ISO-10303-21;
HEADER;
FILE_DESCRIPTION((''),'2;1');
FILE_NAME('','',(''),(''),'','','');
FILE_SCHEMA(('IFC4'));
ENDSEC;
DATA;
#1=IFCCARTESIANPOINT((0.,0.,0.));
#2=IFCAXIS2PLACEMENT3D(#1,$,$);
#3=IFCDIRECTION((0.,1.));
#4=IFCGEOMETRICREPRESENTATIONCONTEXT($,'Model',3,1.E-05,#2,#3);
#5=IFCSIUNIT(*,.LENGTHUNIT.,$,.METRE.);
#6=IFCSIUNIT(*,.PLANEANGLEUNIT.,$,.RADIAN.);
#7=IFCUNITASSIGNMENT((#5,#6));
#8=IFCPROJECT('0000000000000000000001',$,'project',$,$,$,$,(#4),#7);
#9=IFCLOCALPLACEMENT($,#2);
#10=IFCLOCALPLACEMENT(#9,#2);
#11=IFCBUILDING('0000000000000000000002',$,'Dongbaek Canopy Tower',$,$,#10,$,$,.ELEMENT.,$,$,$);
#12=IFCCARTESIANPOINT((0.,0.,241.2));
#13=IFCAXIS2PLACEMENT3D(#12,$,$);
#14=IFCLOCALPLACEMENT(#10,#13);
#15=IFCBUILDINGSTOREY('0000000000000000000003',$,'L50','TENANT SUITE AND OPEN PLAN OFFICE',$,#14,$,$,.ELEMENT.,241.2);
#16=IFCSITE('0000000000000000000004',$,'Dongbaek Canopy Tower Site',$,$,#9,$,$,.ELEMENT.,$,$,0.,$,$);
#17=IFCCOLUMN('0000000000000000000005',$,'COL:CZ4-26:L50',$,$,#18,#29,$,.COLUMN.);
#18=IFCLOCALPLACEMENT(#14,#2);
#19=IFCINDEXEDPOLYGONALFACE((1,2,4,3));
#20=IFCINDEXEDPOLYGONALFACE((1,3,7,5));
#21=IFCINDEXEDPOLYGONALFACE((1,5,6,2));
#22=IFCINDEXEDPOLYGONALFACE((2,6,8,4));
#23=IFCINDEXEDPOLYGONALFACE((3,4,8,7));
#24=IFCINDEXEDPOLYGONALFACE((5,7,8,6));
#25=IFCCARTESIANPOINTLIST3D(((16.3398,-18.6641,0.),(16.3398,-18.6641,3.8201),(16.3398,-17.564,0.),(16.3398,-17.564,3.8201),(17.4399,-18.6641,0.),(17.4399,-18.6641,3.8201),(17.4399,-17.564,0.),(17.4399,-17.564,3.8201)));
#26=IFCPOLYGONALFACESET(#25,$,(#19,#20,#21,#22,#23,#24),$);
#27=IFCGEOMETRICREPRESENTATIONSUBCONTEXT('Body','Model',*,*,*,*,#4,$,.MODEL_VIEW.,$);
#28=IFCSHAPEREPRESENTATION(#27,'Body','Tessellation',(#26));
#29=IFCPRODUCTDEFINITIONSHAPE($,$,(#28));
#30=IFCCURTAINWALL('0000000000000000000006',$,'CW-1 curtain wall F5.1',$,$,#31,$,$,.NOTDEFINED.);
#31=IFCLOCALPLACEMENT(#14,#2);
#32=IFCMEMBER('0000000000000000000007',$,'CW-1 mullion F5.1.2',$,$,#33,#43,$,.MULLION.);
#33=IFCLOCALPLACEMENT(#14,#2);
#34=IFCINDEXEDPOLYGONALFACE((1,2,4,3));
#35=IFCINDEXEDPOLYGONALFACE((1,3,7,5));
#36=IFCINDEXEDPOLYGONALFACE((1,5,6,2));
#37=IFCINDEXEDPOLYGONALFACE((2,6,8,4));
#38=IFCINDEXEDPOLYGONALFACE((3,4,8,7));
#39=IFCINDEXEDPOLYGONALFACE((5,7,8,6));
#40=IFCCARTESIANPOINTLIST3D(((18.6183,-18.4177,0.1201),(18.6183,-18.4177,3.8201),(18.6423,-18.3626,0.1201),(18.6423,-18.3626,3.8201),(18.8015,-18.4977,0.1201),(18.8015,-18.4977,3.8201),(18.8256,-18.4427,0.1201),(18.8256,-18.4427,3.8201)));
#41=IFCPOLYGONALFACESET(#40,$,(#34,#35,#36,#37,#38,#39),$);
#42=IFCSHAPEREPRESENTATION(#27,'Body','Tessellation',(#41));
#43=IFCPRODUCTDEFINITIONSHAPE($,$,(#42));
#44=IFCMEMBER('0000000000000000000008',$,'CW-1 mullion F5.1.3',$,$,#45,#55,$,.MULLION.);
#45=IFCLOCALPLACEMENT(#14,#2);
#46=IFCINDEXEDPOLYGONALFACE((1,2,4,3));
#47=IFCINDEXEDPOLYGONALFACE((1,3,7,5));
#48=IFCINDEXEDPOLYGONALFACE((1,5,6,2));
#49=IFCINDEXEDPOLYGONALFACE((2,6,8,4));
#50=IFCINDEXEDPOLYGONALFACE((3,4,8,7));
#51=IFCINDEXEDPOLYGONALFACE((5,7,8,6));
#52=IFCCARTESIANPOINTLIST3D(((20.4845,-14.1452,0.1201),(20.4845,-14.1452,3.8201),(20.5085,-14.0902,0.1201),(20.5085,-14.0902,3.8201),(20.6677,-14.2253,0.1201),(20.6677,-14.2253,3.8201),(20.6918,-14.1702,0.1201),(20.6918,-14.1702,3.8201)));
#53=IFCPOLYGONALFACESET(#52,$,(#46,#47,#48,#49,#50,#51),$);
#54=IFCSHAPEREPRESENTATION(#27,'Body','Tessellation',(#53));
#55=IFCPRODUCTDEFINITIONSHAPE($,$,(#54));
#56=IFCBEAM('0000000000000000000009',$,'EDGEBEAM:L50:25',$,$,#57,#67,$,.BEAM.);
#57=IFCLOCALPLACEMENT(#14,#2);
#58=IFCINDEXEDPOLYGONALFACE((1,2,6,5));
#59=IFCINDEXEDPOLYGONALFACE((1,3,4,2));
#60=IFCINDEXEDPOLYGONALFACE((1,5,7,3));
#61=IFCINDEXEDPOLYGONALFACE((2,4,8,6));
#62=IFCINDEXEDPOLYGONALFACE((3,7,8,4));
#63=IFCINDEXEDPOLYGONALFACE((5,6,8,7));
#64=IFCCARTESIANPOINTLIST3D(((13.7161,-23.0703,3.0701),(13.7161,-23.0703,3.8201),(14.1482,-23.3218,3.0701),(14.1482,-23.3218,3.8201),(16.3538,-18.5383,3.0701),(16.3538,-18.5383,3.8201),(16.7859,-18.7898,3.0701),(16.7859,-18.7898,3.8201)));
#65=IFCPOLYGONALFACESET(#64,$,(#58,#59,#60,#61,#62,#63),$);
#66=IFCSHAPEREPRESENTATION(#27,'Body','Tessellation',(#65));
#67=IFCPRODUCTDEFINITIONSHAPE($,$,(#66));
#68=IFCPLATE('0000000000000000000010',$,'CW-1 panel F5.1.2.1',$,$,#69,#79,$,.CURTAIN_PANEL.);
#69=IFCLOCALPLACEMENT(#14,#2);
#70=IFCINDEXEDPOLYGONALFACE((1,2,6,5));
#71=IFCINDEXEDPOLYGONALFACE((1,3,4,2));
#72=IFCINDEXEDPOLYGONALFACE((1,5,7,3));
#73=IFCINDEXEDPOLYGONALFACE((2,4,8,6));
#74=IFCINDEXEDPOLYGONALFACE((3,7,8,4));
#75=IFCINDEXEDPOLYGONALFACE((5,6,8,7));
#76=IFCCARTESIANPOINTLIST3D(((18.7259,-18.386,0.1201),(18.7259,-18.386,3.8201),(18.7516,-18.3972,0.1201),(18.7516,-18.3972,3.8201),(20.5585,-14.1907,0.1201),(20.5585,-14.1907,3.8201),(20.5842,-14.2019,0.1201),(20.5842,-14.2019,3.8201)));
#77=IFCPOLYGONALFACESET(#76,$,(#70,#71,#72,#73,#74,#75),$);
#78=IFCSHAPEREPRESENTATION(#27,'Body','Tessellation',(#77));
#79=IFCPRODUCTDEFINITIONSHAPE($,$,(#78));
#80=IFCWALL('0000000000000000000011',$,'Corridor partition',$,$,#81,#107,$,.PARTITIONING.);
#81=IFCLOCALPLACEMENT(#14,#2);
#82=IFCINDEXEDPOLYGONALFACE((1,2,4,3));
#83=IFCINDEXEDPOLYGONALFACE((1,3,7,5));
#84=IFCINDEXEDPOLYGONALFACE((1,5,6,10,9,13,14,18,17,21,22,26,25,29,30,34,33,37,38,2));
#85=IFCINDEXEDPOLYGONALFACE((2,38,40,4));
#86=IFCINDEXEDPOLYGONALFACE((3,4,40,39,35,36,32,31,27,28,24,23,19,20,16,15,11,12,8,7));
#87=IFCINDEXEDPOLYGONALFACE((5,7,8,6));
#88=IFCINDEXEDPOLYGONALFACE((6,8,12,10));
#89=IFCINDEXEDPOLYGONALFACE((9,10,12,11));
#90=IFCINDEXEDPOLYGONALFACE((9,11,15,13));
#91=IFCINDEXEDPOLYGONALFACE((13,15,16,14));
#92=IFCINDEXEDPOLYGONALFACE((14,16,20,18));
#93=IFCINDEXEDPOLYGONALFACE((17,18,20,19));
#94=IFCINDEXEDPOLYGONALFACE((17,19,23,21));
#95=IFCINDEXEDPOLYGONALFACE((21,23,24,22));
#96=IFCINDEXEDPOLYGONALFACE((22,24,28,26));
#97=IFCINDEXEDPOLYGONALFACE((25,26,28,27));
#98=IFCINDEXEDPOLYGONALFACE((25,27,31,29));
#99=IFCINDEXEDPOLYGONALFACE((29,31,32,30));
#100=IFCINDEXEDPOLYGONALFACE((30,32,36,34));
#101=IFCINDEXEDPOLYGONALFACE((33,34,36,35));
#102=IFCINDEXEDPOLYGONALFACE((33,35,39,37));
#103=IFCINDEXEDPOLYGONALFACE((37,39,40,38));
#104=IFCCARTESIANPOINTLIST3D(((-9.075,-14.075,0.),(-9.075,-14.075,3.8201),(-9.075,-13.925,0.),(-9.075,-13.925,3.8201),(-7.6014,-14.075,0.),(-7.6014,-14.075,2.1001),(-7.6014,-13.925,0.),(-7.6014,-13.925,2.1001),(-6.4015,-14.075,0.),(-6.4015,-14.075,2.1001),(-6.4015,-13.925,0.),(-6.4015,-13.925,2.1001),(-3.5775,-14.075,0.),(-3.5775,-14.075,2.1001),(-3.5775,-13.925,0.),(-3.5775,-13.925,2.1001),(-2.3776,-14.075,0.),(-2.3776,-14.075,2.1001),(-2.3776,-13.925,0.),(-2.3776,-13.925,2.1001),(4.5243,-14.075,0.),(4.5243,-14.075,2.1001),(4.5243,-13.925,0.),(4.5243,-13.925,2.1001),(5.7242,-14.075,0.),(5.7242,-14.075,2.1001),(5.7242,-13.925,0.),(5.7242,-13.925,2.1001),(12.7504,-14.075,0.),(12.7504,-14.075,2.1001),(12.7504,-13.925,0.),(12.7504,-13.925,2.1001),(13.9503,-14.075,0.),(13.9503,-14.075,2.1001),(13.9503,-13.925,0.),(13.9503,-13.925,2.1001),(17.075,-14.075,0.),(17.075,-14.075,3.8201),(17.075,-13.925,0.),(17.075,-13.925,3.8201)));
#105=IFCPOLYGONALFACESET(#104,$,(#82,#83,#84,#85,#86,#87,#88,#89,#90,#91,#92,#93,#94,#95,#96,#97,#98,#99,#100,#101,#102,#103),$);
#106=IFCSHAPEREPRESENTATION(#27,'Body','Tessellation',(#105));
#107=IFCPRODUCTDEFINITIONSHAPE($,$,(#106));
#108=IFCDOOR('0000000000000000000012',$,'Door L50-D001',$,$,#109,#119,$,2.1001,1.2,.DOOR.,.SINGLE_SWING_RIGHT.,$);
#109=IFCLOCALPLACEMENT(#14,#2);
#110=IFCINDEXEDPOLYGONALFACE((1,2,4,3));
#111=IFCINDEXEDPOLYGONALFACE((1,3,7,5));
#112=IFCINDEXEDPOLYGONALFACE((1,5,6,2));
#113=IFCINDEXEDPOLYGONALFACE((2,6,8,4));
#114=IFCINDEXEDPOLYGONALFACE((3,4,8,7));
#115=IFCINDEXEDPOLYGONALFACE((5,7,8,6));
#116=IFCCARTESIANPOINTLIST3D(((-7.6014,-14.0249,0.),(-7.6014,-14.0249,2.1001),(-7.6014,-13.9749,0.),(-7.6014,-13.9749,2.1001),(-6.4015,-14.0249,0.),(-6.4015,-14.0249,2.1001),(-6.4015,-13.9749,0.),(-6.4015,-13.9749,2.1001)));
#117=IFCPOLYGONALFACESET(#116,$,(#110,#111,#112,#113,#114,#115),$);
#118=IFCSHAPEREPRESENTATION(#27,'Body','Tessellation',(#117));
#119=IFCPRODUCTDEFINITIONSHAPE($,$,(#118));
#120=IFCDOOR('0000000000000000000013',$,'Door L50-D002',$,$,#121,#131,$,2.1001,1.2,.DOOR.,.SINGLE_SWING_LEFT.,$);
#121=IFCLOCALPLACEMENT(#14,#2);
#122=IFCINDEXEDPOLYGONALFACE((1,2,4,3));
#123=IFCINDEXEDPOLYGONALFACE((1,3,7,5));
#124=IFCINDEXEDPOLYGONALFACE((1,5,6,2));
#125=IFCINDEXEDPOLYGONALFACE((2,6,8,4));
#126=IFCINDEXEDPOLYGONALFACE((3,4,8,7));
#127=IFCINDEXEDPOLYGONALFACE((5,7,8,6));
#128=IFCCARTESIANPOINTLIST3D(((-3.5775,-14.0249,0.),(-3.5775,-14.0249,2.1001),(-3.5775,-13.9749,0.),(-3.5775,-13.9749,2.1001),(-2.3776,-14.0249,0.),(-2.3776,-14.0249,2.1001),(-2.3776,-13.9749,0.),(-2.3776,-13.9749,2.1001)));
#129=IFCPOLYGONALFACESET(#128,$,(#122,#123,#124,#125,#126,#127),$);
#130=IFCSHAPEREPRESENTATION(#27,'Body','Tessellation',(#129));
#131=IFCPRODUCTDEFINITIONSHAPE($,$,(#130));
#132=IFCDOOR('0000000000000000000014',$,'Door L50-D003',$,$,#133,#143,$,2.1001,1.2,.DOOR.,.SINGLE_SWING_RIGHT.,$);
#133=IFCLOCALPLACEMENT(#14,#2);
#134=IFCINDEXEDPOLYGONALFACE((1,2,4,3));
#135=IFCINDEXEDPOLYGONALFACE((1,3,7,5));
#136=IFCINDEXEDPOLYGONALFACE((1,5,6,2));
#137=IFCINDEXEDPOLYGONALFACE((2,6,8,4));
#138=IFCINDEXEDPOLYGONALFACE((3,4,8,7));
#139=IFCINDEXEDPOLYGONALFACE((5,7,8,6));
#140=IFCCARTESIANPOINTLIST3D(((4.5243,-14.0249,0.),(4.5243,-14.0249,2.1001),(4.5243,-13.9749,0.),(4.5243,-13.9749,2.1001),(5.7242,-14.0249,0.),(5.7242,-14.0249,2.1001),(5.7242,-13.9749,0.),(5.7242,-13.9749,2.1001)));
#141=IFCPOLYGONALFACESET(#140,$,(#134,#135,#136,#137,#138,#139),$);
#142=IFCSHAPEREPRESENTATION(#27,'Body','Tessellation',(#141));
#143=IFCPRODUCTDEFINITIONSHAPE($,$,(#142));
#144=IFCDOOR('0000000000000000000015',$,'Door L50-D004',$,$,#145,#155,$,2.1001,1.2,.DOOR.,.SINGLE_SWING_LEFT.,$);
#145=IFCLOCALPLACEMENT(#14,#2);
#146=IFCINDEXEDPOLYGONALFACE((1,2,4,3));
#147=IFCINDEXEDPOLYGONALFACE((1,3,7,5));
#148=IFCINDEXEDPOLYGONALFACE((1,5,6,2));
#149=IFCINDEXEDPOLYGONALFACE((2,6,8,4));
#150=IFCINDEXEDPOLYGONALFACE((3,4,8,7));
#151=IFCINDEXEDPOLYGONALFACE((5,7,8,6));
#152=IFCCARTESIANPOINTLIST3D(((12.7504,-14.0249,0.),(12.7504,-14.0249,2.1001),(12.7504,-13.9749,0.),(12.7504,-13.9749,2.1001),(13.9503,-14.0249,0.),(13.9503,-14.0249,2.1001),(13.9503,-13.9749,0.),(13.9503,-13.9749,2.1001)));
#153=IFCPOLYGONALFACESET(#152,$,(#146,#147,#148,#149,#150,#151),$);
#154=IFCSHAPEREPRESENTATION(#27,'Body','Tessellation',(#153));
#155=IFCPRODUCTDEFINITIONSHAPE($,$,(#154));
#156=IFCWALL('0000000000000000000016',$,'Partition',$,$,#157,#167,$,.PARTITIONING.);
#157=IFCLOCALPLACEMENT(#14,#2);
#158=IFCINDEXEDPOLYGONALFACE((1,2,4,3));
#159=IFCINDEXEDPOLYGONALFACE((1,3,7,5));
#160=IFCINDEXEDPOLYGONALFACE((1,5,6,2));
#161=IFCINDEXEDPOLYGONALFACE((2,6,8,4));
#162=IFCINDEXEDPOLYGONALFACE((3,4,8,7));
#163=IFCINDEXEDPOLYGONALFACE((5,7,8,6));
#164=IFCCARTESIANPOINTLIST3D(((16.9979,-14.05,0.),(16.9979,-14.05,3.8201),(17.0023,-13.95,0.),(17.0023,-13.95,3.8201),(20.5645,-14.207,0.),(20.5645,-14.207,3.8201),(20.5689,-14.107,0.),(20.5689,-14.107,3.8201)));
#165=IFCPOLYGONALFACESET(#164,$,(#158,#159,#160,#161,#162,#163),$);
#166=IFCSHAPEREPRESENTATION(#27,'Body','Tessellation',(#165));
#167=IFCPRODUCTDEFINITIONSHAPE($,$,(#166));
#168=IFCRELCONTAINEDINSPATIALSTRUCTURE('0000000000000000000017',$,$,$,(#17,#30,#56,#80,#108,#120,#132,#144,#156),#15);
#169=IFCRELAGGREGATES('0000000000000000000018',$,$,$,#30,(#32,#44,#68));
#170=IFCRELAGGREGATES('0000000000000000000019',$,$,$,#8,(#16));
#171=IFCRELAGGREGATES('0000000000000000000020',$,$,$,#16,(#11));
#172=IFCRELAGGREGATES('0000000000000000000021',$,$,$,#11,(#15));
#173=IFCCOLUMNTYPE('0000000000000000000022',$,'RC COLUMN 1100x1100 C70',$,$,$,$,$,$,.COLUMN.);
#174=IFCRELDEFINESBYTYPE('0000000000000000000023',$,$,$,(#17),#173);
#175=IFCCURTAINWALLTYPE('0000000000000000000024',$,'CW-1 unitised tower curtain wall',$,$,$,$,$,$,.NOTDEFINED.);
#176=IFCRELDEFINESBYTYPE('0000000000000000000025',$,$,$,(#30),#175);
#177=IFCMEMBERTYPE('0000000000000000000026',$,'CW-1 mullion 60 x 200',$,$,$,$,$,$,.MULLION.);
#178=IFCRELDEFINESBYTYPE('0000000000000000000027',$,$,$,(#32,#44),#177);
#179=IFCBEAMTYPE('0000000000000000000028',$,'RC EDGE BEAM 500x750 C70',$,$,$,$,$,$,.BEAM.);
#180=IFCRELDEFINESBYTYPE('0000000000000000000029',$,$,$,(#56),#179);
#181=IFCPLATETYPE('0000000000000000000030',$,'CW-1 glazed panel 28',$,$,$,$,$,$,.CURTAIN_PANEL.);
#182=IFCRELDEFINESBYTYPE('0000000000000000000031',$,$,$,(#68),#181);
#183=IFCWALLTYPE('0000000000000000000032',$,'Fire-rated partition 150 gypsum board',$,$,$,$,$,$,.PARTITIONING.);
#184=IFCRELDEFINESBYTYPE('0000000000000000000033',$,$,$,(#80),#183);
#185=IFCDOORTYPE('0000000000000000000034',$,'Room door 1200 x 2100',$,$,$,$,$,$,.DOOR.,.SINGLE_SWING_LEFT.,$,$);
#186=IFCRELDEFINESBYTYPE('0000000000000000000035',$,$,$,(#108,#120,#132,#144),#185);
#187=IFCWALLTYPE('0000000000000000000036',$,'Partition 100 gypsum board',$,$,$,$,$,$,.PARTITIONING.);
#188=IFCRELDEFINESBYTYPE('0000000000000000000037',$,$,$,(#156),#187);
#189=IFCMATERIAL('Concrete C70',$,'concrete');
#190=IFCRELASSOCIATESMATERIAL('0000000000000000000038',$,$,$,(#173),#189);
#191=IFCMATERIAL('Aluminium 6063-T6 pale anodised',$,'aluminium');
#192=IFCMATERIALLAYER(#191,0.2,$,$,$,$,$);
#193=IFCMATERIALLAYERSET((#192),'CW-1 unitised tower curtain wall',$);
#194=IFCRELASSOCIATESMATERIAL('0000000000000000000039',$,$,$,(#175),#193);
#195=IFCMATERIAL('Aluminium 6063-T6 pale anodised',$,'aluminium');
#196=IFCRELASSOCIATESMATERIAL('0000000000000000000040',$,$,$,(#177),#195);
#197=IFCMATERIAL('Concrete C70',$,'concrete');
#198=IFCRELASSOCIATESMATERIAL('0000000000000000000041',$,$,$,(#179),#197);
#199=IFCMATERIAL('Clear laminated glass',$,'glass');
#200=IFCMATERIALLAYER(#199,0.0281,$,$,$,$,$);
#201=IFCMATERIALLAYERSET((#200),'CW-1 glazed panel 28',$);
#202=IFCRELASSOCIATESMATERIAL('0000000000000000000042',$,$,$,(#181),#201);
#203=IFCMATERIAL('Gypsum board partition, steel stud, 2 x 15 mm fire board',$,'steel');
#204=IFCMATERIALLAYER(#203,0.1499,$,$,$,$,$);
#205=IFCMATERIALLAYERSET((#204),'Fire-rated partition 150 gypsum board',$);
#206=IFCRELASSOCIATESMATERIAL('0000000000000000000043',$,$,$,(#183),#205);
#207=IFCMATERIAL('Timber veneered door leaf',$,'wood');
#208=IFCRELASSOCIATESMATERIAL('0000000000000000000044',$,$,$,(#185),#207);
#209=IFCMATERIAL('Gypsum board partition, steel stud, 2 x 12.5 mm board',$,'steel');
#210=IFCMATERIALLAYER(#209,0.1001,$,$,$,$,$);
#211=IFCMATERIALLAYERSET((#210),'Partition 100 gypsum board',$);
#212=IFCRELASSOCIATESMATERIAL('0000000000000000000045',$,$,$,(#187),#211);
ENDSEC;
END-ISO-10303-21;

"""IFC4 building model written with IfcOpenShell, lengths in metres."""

from ifc_helpers import new_model, si_unit, direction, frame, frame_2d, origin, origin_2d, place, context, subcontext, project, spatial, rectangle, extrude, material, layer, layer_set, material_profile, profile_set, type_object, element, fill, aggregate, save


model = new_model("IFC4")

# Units and contexts
model_context = context("Model", 3, precision=1e-05, world=origin(), true_north=direction((0.0, 1.0)))
body_context = subcontext(model_context, "Body", "Model", "MODEL_VIEW")
ifc_project = project(units=[si_unit("LENGTHUNIT", "METRE"), si_unit("PLANEANGLEUNIT", "RADIAN")], contexts=[model_context])

# Site, building, storey
site_placement = place(None, origin())
site = spatial("IfcSite", under=ifc_project, at=site_placement, Name="Dongbaek Canopy Tower Site", CompositionType="ELEMENT", RefElevation=0.0)
building_placement = place(site_placement, origin())
building = spatial("IfcBuilding", under=site, at=building_placement, Name="Dongbaek Canopy Tower", CompositionType="ELEMENT")
storey_placement = place(building_placement, frame((0.0, 0.0, 241.2)))
storey = spatial("IfcBuildingStorey", under=building, at=storey_placement, Name="L50", Description="TENANT SUITE AND OPEN PLAN OFFICE", CompositionType="ELEMENT", Elevation=241.2)

# Column
ifc_material_1 = material(Name="Concrete C70", Category="concrete")
ifc_material_profile_1 = material_profile(ifc_material_1, rectangle(XDim=1.1001, YDim=1.1001, at=origin_2d()), Name="RC COLUMN 1100x1100 C70")
ifc_profile_set_1 = profile_set([ifc_material_profile_1], Name="Concrete C70")
column_type = type_object("IfcColumnType", Name="RC COLUMN 1100x1100 C70", PredefinedType="COLUMN", material=ifc_profile_set_1)
column_placement = place(storey_placement, frame((16.8899, -18.114, 0.0), z_axis=(0.0, 0.0, 1.0), x_axis=(1.0, 0.0, 0.0)))
element("IfcColumn", 1, at=column_placement, inside=storey, type_object=column_type, Name="COL:CZ4-26:L50", PredefinedType="COLUMN", context=body_context, shape_type="SweptSolid", body=[
    extrude(rectangle(XDim=1.1001, YDim=1.1001, at=origin_2d()), origin(), (0.0, 0.0, 1.0), 3.8201),
])

# Curtain wall, members
ifc_material_2 = material(Name="Aluminium 6063-T6 pale anodised", Category="aluminium")
ifc_layer_1 = layer(ifc_material_2, 0.2)
ifc_layer_set_1 = layer_set([ifc_layer_1], Name="CW-1 unitised tower curtain wall")
curtain_wall_type = type_object("IfcCurtainWallType", Name="CW-1 unitised tower curtain wall", PredefinedType="NOTDEFINED", material=ifc_layer_set_1)
curtain_wall_placement = place(storey_placement, origin())
curtain_wall = element("IfcCurtainWall", 2, at=curtain_wall_placement, inside=storey, type_object=curtain_wall_type, Name="CW-1 curtain wall F5.1", PredefinedType="NOTDEFINED")
ifc_material_3 = material(Name="Aluminium 6063-T6 pale anodised", Category="aluminium")
ifc_material_profile_2 = material_profile(ifc_material_3, rectangle(XDim=0.2, YDim=0.0601, at=origin_2d()), Name="CW-1 mullion 60 x 200")
ifc_profile_set_2 = profile_set([ifc_material_profile_2], Name="Aluminium 6063-T6 pale anodised")
member_type = type_object("IfcMemberType", Name="CW-1 mullion 60 x 200", PredefinedType="MULLION", material=ifc_profile_set_2)
member_1_placement = place(storey_placement, frame((18.7219, -18.4302, 0.1201), z_axis=(0.0, 0.0, 1.0), x_axis=(0.916386, -0.400295, 0.0)))
member_1 = element("IfcMember", 3, at=member_1_placement, type_object=member_type, Name="CW-1 mullion F5.1.2", PredefinedType="MULLION", context=body_context, shape_type="SweptSolid", body=[
    extrude(rectangle(XDim=0.2, YDim=0.0601, at=origin_2d()), origin(), (0.0, 0.0, 1.0), 3.7),
])
member_2_placement = place(storey_placement, frame((20.5881, -14.1577, 0.1201), z_axis=(0.0, 0.0, 1.0), x_axis=(0.916386, -0.400295, 0.0)))
member_2 = element("IfcMember", 4, at=member_2_placement, type_object=member_type, Name="CW-1 mullion F5.1.3", PredefinedType="MULLION", context=body_context, shape_type="SweptSolid", body=[
    extrude(rectangle(XDim=0.2, YDim=0.0601, at=origin_2d()), origin(), (0.0, 0.0, 1.0), 3.7),
])

# Beam
ifc_material_4 = material(Name="Concrete C70", Category="concrete")
ifc_material_profile_3 = material_profile(ifc_material_4, rectangle(XDim=0.5, YDim=0.75, at=origin_2d()), Name="RC EDGE BEAM 500x750 C70")
ifc_profile_set_3 = profile_set([ifc_material_profile_3], Name="Concrete C70")
beam_type = type_object("IfcBeamType", Name="RC EDGE BEAM 500x750 C70", PredefinedType="BEAM", material=ifc_profile_set_3)
beam_placement = place(storey_placement, frame((16.5698, -18.6641, 3.4451), z_axis=(-0.503023, -0.864273, 0.0), x_axis=(0.864273, -0.503023, 0.0)))
element("IfcBeam", 5, at=beam_placement, inside=storey, type_object=beam_type, Name="EDGEBEAM:L50:25", PredefinedType="BEAM", context=body_context, shape_type="SweptSolid", body=[
    extrude(rectangle(XDim=0.5, YDim=0.75, at=origin_2d()), origin(), (0.0, 0.0, 1.0), 5.2437),
])

# Plate
ifc_material_5 = material(Name="Clear laminated glass", Category="glass")
ifc_layer_2 = layer(ifc_material_5, 0.0281)
ifc_layer_set_2 = layer_set([ifc_layer_2], Name="CW-1 glazed panel 28")
plate_type = type_object("IfcPlateType", Name="CW-1 glazed panel 28", PredefinedType="CURTAIN_PANEL", material=ifc_layer_set_2)
plate_placement = place(storey_placement, frame((19.655, -16.2939, 0.1201), z_axis=(0.0, 0.0, 1.0), x_axis=(0.400295, 0.916386, 0.0)))
plate = element("IfcPlate", 6, at=plate_placement, type_object=plate_type, Name="CW-1 panel F5.1.2.1", PredefinedType="CURTAIN_PANEL", context=body_context, shape_type="SweptSolid", body=[
    extrude(rectangle(XDim=4.5781, YDim=0.0281, at=origin_2d()), origin(), (0.0, 0.0, 1.0), 3.7),
])

# Wall, openings, doors
ifc_material_6 = material(Name="Gypsum board partition, steel stud, 2 x 15 mm fire board", Category="steel")
ifc_layer_3 = layer(ifc_material_6, 0.1499)
ifc_layer_set_3 = layer_set([ifc_layer_3], Name="Fire-rated partition 150 gypsum board")
wall_type_1 = type_object("IfcWallType", Name="Fire-rated partition 150 gypsum board", PredefinedType="PARTITIONING", material=ifc_layer_set_3)
wall_1_placement = place(storey_placement, frame((17.075, -14.0, 0.0), z_axis=(0.0, 0.0, 1.0), x_axis=(-1.0, 0.0, 0.0)))
wall_1 = element("IfcWall", 7, at=wall_1_placement, inside=storey, type_object=wall_type_1, Name="Corridor partition", PredefinedType="PARTITIONING", context=body_context, shape_type="SweptSolid", body=[
    extrude(rectangle(XDim=26.1499, YDim=0.1499, at=frame_2d((13.075, 0.0))), origin(), (0.0, 0.0, 1.0), 3.8201),
])
opening_1_placement = place(wall_1_placement, frame((23.4763, 0.0, 0.0)))
opening_1 = element("IfcOpeningElement", 8, at=opening_1_placement, cuts=wall_1, PredefinedType="OPENING", context=body_context, shape_type="SweptSolid", body=[
    extrude(rectangle(XDim=1.2, YDim=2.1001, at=frame_2d((0.6001, 1.05))), frame((0.0, 0.085, 0.0), z_axis=(0.0, -1.0, 0.0), x_axis=(1.0, 0.0, 0.0)), (0.0, 0.0, 1.0), 0.1699),
])
opening_2_placement = place(wall_1_placement, frame((19.4524, 0.0, 0.0)))
opening_2 = element("IfcOpeningElement", 9, at=opening_2_placement, cuts=wall_1, PredefinedType="OPENING", context=body_context, shape_type="SweptSolid", body=[
    extrude(rectangle(XDim=1.2, YDim=2.1001, at=frame_2d((0.6001, 1.05))), frame((0.0, 0.085, 0.0), z_axis=(0.0, -1.0, 0.0), x_axis=(1.0, 0.0, 0.0)), (0.0, 0.0, 1.0), 0.1699),
])
opening_3_placement = place(wall_1_placement, frame((11.3506, 0.0, 0.0)))
opening_3 = element("IfcOpeningElement", 10, at=opening_3_placement, cuts=wall_1, PredefinedType="OPENING", context=body_context, shape_type="SweptSolid", body=[
    extrude(rectangle(XDim=1.2, YDim=2.1001, at=frame_2d((0.6001, 1.05))), frame((0.0, 0.085, 0.0), z_axis=(0.0, -1.0, 0.0), x_axis=(1.0, 0.0, 0.0)), (0.0, 0.0, 1.0), 0.1699),
])
opening_4_placement = place(wall_1_placement, frame((3.1245, 0.0, 0.0)))
opening_4 = element("IfcOpeningElement", 11, at=opening_4_placement, cuts=wall_1, PredefinedType="OPENING", context=body_context, shape_type="SweptSolid", body=[
    extrude(rectangle(XDim=1.2, YDim=2.1001, at=frame_2d((0.6001, 1.05))), frame((0.0, 0.085, 0.0), z_axis=(0.0, -1.0, 0.0), x_axis=(1.0, 0.0, 0.0)), (0.0, 0.0, 1.0), 0.1699),
])
ifc_material_7 = material(Name="Timber veneered door leaf", Category="wood")
door_type_1 = type_object("IfcDoorType", Name="Room door 1200 x 2100", OperationType="SINGLE_SWING_LEFT", PredefinedType="DOOR", material=ifc_material_7)
door_1_placement = place(opening_1_placement, origin())
door_1 = element("IfcDoor", 12, at=door_1_placement, inside=storey, type_object=door_type_1, Name="Door L50-D001", OperationType="SINGLE_SWING_RIGHT", OverallHeight=2.1001, OverallWidth=1.2, PredefinedType="DOOR", context=body_context, shape_type="SweptSolid", body=[
    extrude(rectangle(XDim=1.2, YDim=2.1001, at=frame_2d((0.6001, 1.05))), frame((0.0, 0.0249, 0.0), z_axis=(0.0, -1.0, 0.0), x_axis=(1.0, 0.0, 0.0)), (0.0, 0.0, 1.0), 0.05),
])
fill(opening_1, door_1)
door_2_placement = place(opening_2_placement, origin())
door_2 = element("IfcDoor", 13, at=door_2_placement, inside=storey, type_object=door_type_1, Name="Door L50-D002", OperationType="SINGLE_SWING_LEFT", OverallHeight=2.1001, OverallWidth=1.2, PredefinedType="DOOR", context=body_context, shape_type="SweptSolid", body=[
    extrude(rectangle(XDim=1.2, YDim=2.1001, at=frame_2d((0.6001, 1.05))), frame((0.0, 0.0249, 0.0), z_axis=(0.0, -1.0, 0.0), x_axis=(1.0, 0.0, 0.0)), (0.0, 0.0, 1.0), 0.05),
])
fill(opening_2, door_2)
door_3_placement = place(opening_3_placement, origin())
door_3 = element("IfcDoor", 14, at=door_3_placement, inside=storey, type_object=door_type_1, Name="Door L50-D003", OperationType="SINGLE_SWING_RIGHT", OverallHeight=2.1001, OverallWidth=1.2, PredefinedType="DOOR", context=body_context, shape_type="SweptSolid", body=[
    extrude(rectangle(XDim=1.2, YDim=2.1001, at=frame_2d((0.6001, 1.05))), frame((0.0, 0.0249, 0.0), z_axis=(0.0, -1.0, 0.0), x_axis=(1.0, 0.0, 0.0)), (0.0, 0.0, 1.0), 0.05),
])
fill(opening_3, door_3)
door_4_placement = place(opening_4_placement, origin())
door_4 = element("IfcDoor", 15, at=door_4_placement, inside=storey, type_object=door_type_1, Name="Door L50-D004", OperationType="SINGLE_SWING_LEFT", OverallHeight=2.1001, OverallWidth=1.2, PredefinedType="DOOR", context=body_context, shape_type="SweptSolid", body=[
    extrude(rectangle(XDim=1.2, YDim=2.1001, at=frame_2d((0.6001, 1.05))), frame((0.0, 0.0249, 0.0), z_axis=(0.0, -1.0, 0.0), x_axis=(1.0, 0.0, 0.0)), (0.0, 0.0, 1.0), 0.05),
])
fill(opening_4, door_4)

# Wall
ifc_material_8 = material(Name="Gypsum board partition, steel stud, 2 x 12.5 mm board", Category="steel")
ifc_layer_4 = layer(ifc_material_8, 0.1001)
ifc_layer_set_4 = layer_set([ifc_layer_4], Name="Partition 100 gypsum board")
wall_type_2 = type_object("IfcWallType", Name="Partition 100 gypsum board", PredefinedType="PARTITIONING", material=ifc_layer_set_4)
wall_2_placement = place(storey_placement, frame((17.0, -14.0, 0.0), z_axis=(0.0, 0.0, 1.0), x_axis=(0.999033, -0.043971, 0.0)))
element("IfcWall", 16, at=wall_2_placement, inside=storey, type_object=wall_type_2, Name="Partition", PredefinedType="PARTITIONING", context=body_context, shape_type="SweptSolid", body=[
    extrude(rectangle(XDim=3.5701, YDim=0.1001, at=frame_2d((1.7852, 0.0))), origin(), (0.0, 0.0, 1.0), 3.8201),
])

aggregate(curtain_wall, [member_1, member_2, plate])

save(model, "model.ifc")
